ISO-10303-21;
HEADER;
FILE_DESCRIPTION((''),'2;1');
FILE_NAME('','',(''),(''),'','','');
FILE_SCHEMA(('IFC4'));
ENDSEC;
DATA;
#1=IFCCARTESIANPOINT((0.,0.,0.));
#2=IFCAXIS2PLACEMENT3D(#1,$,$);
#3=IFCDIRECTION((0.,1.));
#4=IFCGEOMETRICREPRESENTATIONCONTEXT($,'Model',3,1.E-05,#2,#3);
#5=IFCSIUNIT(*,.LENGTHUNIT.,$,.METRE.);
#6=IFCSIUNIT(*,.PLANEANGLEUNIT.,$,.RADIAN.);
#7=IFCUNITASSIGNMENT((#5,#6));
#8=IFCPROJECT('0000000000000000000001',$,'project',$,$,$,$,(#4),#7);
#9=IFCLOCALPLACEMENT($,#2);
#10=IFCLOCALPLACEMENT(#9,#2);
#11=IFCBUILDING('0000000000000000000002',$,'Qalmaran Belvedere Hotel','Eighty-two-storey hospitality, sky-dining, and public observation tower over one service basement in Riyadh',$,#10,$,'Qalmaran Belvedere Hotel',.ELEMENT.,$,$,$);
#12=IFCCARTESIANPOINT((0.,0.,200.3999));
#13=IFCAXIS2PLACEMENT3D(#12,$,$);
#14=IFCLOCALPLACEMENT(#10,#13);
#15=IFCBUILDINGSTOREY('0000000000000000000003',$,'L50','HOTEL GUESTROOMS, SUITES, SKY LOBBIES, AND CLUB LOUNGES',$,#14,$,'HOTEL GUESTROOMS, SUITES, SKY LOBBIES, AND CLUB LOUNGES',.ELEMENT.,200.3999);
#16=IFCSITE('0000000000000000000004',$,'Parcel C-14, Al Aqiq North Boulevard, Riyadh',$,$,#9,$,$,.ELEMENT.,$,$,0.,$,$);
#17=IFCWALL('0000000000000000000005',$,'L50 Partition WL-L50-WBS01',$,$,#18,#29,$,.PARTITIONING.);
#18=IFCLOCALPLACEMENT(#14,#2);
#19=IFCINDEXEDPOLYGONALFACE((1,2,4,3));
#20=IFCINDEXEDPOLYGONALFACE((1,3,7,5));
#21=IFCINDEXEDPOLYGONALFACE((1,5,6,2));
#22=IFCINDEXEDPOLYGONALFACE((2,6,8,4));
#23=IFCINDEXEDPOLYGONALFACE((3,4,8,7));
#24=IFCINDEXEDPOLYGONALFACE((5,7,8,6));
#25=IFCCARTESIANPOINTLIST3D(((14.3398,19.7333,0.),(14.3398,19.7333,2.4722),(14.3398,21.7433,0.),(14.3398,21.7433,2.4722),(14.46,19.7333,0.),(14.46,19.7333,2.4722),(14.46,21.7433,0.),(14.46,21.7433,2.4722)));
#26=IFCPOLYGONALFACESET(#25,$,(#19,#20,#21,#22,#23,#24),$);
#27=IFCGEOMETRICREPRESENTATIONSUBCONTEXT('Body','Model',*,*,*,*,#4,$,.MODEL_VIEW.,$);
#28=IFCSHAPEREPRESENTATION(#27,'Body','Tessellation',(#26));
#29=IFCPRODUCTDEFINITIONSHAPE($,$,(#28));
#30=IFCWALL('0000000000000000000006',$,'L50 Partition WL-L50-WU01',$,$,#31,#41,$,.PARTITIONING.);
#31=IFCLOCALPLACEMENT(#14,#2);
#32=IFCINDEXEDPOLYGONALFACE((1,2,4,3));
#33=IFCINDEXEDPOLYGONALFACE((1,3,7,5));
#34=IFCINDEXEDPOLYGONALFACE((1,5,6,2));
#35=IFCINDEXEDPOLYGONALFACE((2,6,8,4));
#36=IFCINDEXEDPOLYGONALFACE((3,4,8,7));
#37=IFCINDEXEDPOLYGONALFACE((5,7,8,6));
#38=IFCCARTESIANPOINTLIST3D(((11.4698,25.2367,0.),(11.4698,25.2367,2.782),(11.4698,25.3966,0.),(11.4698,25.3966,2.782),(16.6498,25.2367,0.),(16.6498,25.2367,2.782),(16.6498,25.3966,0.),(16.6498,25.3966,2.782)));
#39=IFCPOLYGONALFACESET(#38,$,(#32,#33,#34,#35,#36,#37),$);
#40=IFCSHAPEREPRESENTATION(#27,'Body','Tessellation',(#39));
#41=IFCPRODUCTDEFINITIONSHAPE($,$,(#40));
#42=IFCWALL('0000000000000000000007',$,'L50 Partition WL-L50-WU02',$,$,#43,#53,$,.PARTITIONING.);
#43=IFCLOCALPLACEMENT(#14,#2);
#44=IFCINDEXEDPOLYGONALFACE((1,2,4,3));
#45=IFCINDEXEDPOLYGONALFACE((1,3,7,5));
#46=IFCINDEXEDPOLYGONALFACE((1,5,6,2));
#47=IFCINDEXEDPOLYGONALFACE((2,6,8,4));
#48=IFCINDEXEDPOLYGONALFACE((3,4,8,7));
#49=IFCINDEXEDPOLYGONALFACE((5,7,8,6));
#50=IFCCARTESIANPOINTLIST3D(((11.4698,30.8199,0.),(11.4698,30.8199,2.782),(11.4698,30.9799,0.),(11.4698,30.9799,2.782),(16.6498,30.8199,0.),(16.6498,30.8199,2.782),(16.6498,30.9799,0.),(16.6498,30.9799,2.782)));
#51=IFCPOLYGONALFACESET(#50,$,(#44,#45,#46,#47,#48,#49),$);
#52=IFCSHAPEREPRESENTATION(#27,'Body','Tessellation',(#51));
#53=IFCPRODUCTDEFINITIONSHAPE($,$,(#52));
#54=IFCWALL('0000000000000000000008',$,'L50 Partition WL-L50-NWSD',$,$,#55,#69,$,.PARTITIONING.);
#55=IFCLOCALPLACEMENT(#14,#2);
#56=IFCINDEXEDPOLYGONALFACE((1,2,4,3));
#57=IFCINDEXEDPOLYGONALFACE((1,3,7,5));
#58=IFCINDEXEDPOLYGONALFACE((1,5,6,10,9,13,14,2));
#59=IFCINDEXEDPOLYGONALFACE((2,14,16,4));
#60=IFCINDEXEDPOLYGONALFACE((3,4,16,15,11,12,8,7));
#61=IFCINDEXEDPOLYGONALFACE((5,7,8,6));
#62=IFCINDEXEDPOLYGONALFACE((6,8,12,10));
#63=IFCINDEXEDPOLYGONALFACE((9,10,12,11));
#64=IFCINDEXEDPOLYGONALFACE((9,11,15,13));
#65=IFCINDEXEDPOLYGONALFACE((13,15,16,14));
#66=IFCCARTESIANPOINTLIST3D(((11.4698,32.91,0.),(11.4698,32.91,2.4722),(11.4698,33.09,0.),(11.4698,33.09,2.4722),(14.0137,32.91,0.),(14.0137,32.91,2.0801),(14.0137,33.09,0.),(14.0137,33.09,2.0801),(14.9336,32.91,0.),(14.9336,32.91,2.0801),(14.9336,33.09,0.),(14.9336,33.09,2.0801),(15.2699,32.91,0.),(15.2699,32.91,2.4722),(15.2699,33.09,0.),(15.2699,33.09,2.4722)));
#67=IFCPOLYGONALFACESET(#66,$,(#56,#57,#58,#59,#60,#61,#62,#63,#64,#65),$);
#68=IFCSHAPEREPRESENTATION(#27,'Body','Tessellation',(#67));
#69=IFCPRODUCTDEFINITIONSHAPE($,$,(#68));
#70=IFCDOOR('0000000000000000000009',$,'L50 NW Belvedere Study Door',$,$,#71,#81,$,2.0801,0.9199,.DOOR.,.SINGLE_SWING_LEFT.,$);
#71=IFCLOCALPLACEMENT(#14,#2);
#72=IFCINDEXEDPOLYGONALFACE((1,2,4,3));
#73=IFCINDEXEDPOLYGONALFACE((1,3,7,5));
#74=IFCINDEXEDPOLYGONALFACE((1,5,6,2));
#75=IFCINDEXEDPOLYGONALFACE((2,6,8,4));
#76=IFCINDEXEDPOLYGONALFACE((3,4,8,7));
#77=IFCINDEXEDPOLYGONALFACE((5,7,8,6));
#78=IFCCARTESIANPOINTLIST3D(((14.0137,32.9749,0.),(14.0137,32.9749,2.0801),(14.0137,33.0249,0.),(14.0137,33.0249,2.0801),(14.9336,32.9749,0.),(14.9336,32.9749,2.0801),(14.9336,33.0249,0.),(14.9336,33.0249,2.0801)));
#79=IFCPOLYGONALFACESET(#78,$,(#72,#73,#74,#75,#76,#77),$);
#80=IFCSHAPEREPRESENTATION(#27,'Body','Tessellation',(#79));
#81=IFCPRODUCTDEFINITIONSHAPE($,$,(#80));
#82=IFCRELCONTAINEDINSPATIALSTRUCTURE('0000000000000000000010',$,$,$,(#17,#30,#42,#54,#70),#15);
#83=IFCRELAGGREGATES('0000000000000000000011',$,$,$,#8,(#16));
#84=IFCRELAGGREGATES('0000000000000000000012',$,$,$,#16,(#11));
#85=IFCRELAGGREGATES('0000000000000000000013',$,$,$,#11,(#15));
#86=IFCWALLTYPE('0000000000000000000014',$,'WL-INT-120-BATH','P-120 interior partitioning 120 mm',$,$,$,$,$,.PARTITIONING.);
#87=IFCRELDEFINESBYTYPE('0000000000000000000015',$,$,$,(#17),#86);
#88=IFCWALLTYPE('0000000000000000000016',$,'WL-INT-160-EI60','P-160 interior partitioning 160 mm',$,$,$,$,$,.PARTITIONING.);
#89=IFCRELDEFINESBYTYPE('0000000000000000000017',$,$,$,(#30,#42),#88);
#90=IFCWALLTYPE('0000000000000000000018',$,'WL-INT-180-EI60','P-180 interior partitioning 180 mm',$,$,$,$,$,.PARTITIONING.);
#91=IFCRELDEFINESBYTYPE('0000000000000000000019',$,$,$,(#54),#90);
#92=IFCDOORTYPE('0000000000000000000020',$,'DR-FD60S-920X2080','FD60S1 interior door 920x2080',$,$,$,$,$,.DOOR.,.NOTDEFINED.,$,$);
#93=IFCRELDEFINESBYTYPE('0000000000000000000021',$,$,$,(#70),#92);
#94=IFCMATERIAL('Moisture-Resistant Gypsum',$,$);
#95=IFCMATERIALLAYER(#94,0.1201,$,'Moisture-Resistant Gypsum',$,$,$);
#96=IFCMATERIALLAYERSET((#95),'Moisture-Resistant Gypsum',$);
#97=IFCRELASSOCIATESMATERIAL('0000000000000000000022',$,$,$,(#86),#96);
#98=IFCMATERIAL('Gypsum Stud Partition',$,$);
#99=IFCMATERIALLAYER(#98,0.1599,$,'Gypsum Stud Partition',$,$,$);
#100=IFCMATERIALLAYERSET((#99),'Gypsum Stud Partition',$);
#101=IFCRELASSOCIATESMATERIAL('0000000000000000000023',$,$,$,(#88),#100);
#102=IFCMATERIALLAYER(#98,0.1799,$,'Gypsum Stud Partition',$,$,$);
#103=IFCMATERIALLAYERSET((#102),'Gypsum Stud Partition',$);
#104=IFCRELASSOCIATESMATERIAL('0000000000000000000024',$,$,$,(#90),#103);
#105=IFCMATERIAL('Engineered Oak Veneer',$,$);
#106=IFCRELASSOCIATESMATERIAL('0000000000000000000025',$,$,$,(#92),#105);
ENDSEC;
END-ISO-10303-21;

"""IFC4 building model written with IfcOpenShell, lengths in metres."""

from ifc_helpers import new_model, si_unit, direction, frame, frame_2d, origin, place, context, subcontext, project, spatial, rectangle, extrude, material, layer, layer_set, type_object, element, fill, save


model = new_model("IFC4")

# Units and contexts
model_context = context("Model", 3, precision=1e-05, world=origin(), true_north=direction((0.0, 1.0)))
body_context = subcontext(model_context, "Body", "Model", "MODEL_VIEW")
ifc_project = project(units=[si_unit("LENGTHUNIT", "METRE"), si_unit("PLANEANGLEUNIT", "RADIAN")], contexts=[model_context])

# Site, building, storey
site_placement = place(None, origin())
site = spatial("IfcSite", under=ifc_project, at=site_placement, Name="Parcel C-14, Al Aqiq North Boulevard, Riyadh", CompositionType="ELEMENT", RefElevation=0.0)
building_placement = place(site_placement, origin())
building = spatial("IfcBuilding", under=site, at=building_placement, Name="Qalmaran Belvedere Hotel", Description="Eighty-two-storey hospitality, sky-dining, and public observation tower over one service basement in Riyadh", LongName="Qalmaran Belvedere Hotel", CompositionType="ELEMENT")
storey_placement = place(building_placement, frame((0.0, 0.0, 200.3999)))
storey = spatial("IfcBuildingStorey", under=building, at=storey_placement, Name="L50", Description="HOTEL GUESTROOMS, SUITES, SKY LOBBIES, AND CLUB LOUNGES", LongName="HOTEL GUESTROOMS, SUITES, SKY LOBBIES, AND CLUB LOUNGES", CompositionType="ELEMENT", Elevation=200.3999)

# Shared definitions
ifc_material_1 = material(Name="Moisture-Resistant Gypsum")
ifc_layer_1 = layer(ifc_material_1, 0.1201, Name="Moisture-Resistant Gypsum")
ifc_layer_set_1 = layer_set([ifc_layer_1], Name="Moisture-Resistant Gypsum")
wall_type_1 = type_object("IfcWallType", Name="WL-INT-120-BATH", Description="P-120 interior partitioning 120 mm", PredefinedType="PARTITIONING", material=ifc_layer_set_1)
ifc_material_2 = material(Name="Engineered Oak Veneer")

# Walls
wall_1_placement = place(storey_placement, frame((14.3999, 19.7334, 0.0), z_axis=(0.0, 0.0, 1.0), x_axis=(0.0, 1.0, 0.0)))
element("IfcWall", 1, at=wall_1_placement, inside=storey, type_object=wall_type_1, Name="L50 Partition WL-L50-WBS01", PredefinedType="PARTITIONING", context=body_context, shape_type="SweptSolid", body=[
    extrude(rectangle(XDim=2.01, YDim=0.1201, at=frame_2d((1.0049, 0.0))), origin(), (0.0, 0.0, 1.0), 2.4722),
])
ifc_material_3 = material(Name="Gypsum Stud Partition")
ifc_layer_2 = layer(ifc_material_3, 0.1599, Name="Gypsum Stud Partition")
ifc_layer_set_2 = layer_set([ifc_layer_2], Name="Gypsum Stud Partition")
wall_type_2 = type_object("IfcWallType", Name="WL-INT-160-EI60", Description="P-160 interior partitioning 160 mm", PredefinedType="PARTITIONING", material=ifc_layer_set_2)
for number, where, z_axis, x_axis, name in (
    (2, (11.47, 25.3167, 0.0), (0.0, 0.0, 1.0), (1.0, 0.0, 0.0), "L50 Partition WL-L50-WU01"),
    (3, (11.47, 30.8999, 0.0), (0.0, 0.0, 1.0), (1.0, 0.0, 0.0), "L50 Partition WL-L50-WU02"),
):
    element("IfcWall", number, at=place(storey_placement, frame(where, z_axis=z_axis, x_axis=x_axis)), inside=storey, type_object=wall_type_2, Name=name, PredefinedType="PARTITIONING", context=body_context, shape_type="SweptSolid", body=[
        extrude(rectangle(XDim=5.1799, YDim=0.1599, at=frame_2d((2.5898, 0.0))), origin(), (0.0, 0.0, 1.0), 2.782),
    ])

# Wall, opening, door
ifc_layer_3 = layer(ifc_material_3, 0.1799, Name="Gypsum Stud Partition")
ifc_layer_set_3 = layer_set([ifc_layer_3], Name="Gypsum Stud Partition")
wall_type_3 = type_object("IfcWallType", Name="WL-INT-180-EI60", Description="P-180 interior partitioning 180 mm", PredefinedType="PARTITIONING", material=ifc_layer_set_3)
wall_2_placement = place(storey_placement, frame((11.47, 33.0, 0.0), z_axis=(0.0, 0.0, 1.0), x_axis=(1.0, 0.0, 0.0)))
wall_2 = element("IfcWall", 4, at=wall_2_placement, inside=storey, type_object=wall_type_3, Name="L50 Partition WL-L50-NWSD", PredefinedType="PARTITIONING", context=body_context, shape_type="SweptSolid", body=[
    extrude(rectangle(XDim=3.8, YDim=0.1799, at=frame_2d((1.8999, 0.0))), origin(), (0.0, 0.0, 1.0), 2.4722),
])
opening_1_placement = place(wall_2_placement, frame((2.5437, 0.0, 0.0)))
opening_1 = element("IfcOpeningElement", 5, at=opening_1_placement, cuts=wall_2, PredefinedType="OPENING", context=body_context, shape_type="SweptSolid", body=[
    extrude(rectangle(XDim=0.9199, YDim=2.0801, at=frame_2d((0.46, 1.04))), frame((0.0, 0.1001, 0.0), z_axis=(0.0, -1.0, 0.0), x_axis=(1.0, 0.0, 0.0)), (0.0, 0.0, 1.0), 0.2),
])
door_type_1 = type_object("IfcDoorType", Name="DR-FD60S-920X2080", Description="FD60S1 interior door 920x2080", OperationType="NOTDEFINED", PredefinedType="DOOR", material=ifc_material_2)
door_1_placement = place(opening_1_placement, origin())
door_1 = element("IfcDoor", 6, at=door_1_placement, inside=storey, type_object=door_type_1, Name="L50 NW Belvedere Study Door", OperationType="SINGLE_SWING_LEFT", OverallHeight=2.0801, OverallWidth=0.9199, PredefinedType="DOOR", context=body_context, shape_type="SweptSolid", body=[
    extrude(rectangle(XDim=0.9199, YDim=2.0801, at=frame_2d((0.46, 1.04))), frame((0.0, 0.0249, 0.0), z_axis=(0.0, -1.0, 0.0), x_axis=(1.0, 0.0, 0.0)), (0.0, 0.0, 1.0), 0.05),
])
fill(opening_1, door_1)

save(model, "model.ifc")
